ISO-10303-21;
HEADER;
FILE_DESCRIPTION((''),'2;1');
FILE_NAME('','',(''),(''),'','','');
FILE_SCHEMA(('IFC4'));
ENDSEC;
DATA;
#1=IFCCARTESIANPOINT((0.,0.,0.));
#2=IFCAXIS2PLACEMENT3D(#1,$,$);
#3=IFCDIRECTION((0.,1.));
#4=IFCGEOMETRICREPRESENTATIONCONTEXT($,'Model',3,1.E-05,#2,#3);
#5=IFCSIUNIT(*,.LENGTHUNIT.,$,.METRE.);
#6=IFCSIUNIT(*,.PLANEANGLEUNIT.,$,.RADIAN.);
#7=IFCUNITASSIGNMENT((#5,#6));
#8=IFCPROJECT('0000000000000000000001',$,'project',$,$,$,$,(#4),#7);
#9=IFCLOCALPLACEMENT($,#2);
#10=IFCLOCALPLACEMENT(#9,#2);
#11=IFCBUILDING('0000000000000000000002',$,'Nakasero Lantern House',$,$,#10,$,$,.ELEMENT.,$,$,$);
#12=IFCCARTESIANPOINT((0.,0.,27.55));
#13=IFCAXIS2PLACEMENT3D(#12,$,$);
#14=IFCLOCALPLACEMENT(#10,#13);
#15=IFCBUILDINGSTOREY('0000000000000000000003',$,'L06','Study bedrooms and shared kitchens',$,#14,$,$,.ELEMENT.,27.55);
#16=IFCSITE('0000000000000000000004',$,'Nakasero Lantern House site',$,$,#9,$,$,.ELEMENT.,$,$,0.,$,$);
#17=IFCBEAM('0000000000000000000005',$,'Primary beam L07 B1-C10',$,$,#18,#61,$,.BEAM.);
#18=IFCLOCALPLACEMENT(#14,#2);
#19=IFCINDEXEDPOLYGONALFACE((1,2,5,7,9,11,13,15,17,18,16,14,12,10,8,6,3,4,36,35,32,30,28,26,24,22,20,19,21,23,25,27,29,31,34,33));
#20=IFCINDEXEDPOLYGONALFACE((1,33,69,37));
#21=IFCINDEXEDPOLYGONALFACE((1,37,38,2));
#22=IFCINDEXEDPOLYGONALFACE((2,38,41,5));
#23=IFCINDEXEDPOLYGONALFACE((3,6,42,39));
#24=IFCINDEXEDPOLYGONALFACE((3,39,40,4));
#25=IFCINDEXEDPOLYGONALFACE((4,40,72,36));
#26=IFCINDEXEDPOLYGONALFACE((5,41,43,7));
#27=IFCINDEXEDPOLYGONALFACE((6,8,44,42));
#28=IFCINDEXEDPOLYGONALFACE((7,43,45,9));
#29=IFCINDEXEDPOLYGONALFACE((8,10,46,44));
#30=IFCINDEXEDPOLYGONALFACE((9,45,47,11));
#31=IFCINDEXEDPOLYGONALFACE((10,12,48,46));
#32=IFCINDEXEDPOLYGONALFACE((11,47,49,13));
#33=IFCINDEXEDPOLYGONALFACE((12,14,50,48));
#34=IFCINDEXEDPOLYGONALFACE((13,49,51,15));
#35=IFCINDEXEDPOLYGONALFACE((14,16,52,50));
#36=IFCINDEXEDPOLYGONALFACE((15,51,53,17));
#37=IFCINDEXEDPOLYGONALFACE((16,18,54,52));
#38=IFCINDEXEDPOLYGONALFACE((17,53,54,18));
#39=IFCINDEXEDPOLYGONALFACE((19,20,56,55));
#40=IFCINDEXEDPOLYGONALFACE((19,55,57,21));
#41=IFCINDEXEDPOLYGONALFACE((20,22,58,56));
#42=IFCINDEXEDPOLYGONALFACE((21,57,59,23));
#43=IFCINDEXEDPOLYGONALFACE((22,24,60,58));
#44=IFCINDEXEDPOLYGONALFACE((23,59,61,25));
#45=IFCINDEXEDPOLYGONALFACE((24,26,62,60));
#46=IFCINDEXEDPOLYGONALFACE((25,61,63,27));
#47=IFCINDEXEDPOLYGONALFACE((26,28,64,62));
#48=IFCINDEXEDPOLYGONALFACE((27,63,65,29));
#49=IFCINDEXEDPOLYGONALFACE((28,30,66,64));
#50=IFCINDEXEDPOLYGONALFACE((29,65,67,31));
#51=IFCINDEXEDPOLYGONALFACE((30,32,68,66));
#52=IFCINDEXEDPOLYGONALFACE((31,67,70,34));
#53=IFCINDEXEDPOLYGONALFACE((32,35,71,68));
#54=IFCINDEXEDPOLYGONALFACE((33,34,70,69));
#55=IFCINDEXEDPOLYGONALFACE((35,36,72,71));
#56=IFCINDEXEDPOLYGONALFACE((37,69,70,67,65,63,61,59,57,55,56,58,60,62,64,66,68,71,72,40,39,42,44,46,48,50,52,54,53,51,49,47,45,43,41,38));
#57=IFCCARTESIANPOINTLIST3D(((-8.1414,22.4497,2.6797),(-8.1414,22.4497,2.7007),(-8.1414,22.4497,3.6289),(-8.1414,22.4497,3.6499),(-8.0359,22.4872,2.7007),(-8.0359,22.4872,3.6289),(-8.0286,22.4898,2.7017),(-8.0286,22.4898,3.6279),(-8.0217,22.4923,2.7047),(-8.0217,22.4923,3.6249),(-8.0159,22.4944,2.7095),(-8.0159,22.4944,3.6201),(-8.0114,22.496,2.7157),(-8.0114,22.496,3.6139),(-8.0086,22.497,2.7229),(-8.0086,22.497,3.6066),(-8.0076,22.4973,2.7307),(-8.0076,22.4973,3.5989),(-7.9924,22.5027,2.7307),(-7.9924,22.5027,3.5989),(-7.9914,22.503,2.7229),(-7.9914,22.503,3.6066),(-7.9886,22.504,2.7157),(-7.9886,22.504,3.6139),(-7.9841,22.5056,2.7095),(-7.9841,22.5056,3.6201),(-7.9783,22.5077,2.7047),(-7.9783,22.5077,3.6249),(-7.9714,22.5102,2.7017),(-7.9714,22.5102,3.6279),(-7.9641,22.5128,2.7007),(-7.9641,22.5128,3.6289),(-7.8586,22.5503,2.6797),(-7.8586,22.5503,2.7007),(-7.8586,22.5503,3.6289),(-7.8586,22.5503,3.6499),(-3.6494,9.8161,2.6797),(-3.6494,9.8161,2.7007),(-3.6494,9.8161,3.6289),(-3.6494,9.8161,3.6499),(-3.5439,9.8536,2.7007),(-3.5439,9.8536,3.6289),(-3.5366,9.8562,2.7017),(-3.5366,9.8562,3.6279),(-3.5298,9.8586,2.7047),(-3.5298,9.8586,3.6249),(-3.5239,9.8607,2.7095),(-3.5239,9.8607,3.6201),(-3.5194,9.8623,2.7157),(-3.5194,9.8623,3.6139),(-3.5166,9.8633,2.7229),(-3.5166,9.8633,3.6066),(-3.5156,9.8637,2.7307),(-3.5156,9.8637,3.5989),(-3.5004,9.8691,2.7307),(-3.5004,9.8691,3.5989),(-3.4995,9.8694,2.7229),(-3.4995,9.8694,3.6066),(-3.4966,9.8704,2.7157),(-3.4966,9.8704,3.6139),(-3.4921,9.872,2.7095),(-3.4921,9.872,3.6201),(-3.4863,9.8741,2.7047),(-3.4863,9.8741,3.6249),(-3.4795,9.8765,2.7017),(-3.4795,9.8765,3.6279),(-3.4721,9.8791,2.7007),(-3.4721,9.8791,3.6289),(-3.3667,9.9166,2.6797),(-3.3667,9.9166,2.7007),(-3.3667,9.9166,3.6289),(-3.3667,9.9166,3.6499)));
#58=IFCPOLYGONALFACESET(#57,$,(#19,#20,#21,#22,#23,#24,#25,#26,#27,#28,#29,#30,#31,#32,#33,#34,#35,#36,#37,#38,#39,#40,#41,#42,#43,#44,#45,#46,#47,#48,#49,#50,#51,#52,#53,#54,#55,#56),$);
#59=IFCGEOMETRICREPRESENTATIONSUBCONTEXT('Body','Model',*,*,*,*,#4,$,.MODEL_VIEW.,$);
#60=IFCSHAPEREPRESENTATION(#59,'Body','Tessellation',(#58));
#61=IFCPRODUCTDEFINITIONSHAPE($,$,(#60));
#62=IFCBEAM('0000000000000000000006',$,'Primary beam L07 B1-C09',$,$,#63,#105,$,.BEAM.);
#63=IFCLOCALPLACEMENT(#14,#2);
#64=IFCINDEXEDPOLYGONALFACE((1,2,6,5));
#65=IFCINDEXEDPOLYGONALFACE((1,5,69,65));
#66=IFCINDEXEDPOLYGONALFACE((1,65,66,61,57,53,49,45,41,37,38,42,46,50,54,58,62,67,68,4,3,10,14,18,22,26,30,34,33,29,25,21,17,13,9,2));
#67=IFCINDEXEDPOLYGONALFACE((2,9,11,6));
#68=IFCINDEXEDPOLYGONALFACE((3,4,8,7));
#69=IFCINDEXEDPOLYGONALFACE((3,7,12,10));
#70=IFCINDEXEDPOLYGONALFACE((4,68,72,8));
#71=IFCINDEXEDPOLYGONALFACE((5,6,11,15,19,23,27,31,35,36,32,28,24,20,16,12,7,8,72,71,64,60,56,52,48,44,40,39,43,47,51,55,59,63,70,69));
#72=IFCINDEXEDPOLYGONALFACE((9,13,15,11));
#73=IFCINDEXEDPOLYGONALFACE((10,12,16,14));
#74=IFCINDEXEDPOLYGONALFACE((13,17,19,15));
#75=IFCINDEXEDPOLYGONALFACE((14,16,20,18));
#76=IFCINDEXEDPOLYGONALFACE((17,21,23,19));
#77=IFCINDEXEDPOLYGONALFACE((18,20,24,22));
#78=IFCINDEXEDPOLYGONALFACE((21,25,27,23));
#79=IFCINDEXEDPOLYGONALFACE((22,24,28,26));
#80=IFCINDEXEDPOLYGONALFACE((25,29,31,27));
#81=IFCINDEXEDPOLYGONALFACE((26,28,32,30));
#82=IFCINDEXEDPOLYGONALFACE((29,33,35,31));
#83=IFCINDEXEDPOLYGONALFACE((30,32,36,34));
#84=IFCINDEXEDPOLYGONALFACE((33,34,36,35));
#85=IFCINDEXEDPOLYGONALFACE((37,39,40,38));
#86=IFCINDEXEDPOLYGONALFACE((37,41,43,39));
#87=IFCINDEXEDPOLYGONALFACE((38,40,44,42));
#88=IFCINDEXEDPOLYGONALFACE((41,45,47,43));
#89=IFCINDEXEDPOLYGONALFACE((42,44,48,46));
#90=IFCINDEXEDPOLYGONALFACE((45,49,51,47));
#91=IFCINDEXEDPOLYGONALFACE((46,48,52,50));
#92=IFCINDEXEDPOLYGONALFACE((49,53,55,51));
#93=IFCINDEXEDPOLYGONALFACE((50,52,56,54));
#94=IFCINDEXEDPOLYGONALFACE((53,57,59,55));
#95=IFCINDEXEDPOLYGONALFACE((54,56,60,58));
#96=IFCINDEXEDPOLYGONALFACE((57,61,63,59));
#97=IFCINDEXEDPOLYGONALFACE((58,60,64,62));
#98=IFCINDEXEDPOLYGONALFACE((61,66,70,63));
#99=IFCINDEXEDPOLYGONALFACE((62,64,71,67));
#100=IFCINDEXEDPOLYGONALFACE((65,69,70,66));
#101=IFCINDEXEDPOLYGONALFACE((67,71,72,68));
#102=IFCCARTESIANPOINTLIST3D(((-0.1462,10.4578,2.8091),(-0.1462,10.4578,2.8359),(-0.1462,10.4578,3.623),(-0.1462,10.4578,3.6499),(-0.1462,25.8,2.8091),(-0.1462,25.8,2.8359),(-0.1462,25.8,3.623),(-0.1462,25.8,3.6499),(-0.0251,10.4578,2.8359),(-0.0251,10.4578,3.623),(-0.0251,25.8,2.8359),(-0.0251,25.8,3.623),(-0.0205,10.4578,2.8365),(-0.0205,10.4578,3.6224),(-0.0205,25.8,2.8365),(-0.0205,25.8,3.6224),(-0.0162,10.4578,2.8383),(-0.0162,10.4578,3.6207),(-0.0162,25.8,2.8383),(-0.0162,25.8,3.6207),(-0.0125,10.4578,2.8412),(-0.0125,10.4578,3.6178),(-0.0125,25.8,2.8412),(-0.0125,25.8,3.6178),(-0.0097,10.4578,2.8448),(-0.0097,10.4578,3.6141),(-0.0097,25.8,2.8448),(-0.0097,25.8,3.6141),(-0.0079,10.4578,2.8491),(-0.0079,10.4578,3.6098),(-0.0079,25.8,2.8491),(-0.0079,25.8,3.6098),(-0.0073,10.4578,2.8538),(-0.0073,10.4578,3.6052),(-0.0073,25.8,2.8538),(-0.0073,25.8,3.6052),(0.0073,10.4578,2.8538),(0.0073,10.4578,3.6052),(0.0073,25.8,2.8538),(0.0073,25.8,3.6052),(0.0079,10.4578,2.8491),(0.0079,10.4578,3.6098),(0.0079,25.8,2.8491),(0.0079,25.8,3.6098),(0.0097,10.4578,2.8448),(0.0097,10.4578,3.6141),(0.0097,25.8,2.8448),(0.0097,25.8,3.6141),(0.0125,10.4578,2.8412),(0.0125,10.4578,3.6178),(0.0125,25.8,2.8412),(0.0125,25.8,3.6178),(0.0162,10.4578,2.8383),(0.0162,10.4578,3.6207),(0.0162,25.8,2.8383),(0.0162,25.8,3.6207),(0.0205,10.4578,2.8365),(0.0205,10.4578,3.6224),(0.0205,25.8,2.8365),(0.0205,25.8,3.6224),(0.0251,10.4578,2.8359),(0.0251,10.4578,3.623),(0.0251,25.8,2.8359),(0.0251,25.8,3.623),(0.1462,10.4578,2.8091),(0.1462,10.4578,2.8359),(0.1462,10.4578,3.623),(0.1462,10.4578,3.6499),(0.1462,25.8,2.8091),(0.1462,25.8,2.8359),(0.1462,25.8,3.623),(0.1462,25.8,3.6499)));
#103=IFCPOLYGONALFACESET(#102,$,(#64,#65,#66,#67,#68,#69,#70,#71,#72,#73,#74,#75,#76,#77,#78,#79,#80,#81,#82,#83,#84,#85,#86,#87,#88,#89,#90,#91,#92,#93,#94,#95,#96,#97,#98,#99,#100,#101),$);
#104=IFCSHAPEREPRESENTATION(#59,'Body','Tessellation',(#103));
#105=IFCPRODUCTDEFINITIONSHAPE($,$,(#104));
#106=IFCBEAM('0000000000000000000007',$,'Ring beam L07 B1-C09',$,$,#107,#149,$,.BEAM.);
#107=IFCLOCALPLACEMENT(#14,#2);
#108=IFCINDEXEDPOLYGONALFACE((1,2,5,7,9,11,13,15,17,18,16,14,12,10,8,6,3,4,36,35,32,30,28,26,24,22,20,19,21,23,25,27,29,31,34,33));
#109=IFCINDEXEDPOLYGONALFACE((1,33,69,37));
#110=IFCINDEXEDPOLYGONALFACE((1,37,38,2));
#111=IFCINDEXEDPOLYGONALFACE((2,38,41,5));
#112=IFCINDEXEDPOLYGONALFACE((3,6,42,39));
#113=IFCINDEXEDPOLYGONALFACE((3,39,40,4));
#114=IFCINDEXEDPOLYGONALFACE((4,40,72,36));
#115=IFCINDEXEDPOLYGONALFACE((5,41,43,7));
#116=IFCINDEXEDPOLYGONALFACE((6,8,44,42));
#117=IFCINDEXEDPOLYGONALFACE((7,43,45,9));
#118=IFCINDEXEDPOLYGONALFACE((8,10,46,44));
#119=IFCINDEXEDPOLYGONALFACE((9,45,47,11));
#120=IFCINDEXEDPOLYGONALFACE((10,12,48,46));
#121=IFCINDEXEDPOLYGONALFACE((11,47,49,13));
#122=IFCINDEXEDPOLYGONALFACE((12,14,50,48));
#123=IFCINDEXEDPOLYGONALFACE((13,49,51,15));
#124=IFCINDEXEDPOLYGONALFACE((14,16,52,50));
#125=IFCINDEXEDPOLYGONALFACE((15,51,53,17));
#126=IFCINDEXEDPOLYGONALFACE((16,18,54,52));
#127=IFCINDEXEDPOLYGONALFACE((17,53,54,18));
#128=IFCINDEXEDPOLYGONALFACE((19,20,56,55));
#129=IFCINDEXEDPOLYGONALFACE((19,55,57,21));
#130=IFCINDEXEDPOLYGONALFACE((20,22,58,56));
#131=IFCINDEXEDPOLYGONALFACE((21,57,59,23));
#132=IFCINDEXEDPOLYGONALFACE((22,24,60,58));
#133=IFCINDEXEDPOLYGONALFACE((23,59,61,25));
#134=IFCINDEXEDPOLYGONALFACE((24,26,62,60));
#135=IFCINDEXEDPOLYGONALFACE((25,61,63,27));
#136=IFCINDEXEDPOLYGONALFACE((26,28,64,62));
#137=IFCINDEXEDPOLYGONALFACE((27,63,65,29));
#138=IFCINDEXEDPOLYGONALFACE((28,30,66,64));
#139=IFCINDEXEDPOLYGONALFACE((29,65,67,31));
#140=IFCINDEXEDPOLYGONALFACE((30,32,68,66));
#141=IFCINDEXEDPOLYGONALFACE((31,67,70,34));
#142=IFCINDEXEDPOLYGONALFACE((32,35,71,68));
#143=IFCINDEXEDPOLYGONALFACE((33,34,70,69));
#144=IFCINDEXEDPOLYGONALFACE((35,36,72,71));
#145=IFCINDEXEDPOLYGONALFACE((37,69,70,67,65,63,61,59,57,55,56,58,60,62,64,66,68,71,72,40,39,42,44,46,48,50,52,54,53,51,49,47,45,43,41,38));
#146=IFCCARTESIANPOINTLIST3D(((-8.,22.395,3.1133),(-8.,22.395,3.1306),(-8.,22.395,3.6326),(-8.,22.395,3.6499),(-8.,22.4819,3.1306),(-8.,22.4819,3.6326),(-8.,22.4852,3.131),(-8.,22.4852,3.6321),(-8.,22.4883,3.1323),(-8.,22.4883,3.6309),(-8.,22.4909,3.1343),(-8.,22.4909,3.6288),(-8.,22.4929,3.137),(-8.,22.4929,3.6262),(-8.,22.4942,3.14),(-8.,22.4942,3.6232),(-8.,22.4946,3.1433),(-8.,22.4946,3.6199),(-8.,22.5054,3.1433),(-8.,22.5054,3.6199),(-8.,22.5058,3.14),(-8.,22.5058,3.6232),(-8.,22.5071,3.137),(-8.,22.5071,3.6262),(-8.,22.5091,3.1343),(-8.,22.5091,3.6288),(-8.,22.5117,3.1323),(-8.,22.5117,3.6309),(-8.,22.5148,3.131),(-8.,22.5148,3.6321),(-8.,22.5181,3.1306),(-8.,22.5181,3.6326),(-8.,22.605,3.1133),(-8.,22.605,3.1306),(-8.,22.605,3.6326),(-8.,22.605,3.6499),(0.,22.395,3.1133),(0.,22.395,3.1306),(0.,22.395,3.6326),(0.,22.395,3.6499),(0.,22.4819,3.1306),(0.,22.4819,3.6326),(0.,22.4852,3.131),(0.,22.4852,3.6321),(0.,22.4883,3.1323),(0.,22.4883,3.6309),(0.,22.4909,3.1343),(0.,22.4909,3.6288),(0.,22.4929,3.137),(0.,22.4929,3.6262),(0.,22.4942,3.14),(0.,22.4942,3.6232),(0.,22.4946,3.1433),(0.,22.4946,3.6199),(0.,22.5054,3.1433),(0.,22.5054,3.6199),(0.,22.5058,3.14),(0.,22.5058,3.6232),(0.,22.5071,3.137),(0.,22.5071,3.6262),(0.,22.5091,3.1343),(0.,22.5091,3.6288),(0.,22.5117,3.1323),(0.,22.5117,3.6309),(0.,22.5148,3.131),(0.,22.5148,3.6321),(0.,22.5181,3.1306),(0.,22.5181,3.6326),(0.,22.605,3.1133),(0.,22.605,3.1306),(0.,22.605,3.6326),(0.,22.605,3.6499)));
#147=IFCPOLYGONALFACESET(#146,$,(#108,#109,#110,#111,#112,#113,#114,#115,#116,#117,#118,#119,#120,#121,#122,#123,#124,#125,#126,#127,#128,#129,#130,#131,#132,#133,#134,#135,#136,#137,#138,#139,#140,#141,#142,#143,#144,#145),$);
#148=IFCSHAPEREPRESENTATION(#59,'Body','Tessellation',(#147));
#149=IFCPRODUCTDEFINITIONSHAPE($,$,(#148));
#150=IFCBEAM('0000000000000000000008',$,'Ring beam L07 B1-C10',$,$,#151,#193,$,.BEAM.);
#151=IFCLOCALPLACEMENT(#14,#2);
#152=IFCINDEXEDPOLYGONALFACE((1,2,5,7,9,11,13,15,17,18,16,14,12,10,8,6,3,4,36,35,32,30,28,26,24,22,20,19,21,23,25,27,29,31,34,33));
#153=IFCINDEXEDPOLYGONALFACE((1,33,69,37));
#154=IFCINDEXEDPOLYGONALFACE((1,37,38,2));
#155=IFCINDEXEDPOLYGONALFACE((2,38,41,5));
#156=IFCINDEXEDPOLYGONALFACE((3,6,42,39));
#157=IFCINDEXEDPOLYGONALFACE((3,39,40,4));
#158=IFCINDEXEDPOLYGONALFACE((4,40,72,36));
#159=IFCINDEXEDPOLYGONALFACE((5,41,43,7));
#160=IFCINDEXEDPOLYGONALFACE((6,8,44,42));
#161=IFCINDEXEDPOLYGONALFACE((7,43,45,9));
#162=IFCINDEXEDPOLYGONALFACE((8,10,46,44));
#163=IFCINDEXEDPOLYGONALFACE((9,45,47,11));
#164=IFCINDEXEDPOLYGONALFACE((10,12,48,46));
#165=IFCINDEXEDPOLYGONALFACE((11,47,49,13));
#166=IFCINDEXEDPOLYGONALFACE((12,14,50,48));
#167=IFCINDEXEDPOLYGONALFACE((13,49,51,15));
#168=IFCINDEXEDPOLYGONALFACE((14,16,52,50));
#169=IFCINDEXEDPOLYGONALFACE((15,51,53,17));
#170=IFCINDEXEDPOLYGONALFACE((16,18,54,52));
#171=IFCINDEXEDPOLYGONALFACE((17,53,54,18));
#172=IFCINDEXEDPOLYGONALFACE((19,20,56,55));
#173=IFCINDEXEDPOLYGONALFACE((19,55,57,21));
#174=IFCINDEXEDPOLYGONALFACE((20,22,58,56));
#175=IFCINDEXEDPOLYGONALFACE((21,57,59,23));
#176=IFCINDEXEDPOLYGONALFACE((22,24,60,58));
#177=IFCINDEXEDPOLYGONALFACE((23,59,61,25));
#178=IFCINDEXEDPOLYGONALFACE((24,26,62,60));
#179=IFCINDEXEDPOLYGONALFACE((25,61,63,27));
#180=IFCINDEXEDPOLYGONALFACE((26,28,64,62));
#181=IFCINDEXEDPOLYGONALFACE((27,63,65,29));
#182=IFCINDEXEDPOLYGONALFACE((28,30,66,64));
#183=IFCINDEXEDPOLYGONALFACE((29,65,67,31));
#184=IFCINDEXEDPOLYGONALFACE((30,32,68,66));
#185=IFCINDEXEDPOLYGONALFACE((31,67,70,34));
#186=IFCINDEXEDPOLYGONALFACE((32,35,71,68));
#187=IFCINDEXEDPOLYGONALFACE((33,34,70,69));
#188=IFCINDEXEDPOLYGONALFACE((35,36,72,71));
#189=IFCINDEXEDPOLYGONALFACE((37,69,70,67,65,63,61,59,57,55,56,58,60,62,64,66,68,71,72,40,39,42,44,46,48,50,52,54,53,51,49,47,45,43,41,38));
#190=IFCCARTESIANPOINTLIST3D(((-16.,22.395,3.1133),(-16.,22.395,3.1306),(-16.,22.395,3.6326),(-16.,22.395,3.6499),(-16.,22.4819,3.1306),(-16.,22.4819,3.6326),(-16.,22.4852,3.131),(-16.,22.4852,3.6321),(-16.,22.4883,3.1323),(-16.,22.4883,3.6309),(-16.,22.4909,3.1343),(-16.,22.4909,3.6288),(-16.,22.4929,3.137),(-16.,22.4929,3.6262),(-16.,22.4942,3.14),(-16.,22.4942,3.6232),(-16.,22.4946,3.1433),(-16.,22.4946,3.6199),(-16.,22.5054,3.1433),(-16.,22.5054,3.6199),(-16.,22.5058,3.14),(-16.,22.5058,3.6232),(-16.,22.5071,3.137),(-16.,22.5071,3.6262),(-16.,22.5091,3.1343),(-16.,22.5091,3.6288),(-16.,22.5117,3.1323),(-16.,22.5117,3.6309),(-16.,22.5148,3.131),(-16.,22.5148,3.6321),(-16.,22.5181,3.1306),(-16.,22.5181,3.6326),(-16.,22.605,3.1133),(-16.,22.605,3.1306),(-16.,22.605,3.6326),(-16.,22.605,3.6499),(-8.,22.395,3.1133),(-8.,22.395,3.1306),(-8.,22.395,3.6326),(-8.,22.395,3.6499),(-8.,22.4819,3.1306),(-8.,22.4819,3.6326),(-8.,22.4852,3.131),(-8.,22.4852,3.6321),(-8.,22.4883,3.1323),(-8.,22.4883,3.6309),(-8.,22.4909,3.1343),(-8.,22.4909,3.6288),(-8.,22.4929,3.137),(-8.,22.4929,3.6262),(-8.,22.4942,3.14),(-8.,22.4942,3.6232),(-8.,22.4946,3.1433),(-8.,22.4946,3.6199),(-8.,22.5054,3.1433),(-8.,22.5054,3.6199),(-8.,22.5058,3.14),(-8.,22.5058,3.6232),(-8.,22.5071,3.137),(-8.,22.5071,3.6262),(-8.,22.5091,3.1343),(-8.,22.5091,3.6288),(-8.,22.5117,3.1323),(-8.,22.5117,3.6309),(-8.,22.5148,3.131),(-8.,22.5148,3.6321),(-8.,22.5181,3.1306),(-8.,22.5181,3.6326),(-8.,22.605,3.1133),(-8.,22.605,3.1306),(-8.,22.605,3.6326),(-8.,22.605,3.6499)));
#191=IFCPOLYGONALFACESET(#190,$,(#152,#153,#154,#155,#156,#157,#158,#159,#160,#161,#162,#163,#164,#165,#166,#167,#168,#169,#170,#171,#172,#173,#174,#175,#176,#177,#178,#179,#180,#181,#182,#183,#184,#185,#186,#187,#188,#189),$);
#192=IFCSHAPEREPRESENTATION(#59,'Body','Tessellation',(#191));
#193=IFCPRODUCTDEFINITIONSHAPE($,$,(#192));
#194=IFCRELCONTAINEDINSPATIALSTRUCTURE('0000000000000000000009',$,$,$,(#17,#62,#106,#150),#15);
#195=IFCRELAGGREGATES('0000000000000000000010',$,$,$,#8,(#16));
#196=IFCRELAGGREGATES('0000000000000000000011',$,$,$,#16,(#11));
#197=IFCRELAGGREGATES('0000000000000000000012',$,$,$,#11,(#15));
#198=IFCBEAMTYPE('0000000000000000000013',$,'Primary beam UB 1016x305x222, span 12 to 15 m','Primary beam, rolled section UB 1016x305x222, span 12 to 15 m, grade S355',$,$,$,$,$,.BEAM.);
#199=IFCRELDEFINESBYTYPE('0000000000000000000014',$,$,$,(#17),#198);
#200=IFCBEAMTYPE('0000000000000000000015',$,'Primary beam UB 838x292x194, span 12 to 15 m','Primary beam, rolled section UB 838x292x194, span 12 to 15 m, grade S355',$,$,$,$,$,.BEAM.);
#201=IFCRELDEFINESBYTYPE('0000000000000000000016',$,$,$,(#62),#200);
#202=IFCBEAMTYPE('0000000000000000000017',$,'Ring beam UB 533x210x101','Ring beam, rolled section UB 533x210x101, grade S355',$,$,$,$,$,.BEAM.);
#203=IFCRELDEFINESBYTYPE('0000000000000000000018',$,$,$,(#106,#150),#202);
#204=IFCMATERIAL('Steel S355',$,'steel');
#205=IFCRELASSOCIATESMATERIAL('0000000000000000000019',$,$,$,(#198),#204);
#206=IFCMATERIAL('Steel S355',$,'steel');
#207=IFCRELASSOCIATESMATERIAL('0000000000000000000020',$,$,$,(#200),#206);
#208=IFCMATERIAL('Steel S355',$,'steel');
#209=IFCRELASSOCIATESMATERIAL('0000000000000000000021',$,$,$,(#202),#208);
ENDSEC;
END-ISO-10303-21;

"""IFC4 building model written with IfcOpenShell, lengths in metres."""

from ifc_helpers import new_model, si_unit, direction, frame, origin, origin_2d, place, context, subcontext, project, spatial, i_section, extrude, material, material_profile, profile_set, type_object, element, save


model = new_model("IFC4")

# Units and contexts
model_context = context("Model", 3, precision=1e-05, world=origin(), true_north=direction((0.0, 1.0)))
body_context = subcontext(model_context, "Body", "Model", "MODEL_VIEW")
ifc_project = project(units=[si_unit("LENGTHUNIT", "METRE"), si_unit("PLANEANGLEUNIT", "RADIAN")], contexts=[model_context])

# Site, building, storey
site_placement = place(None, origin())
site = spatial("IfcSite", under=ifc_project, at=site_placement, Name="Nakasero Lantern House site", CompositionType="ELEMENT", RefElevation=0.0)
building_placement = place(site_placement, origin())
building = spatial("IfcBuilding", under=site, at=building_placement, Name="Nakasero Lantern House", CompositionType="ELEMENT")
storey_placement = place(building_placement, frame((0.0, 0.0, 27.55)))
storey = spatial("IfcBuildingStorey", under=building, at=storey_placement, Name="L06", Description="Study bedrooms and shared kitchens", CompositionType="ELEMENT", Elevation=27.55)

# Beams
ifc_material_1 = material(Name="Steel S355", Category="steel")
ifc_material_profile_1 = material_profile(ifc_material_1, i_section(OverallWidth=0.3, OverallDepth=0.9702, WebThickness=0.0161, FlangeThickness=0.021, FilletRadius=0.03, at=origin_2d()), Name="UB 1016x305x222")
ifc_profile_set_1 = profile_set([ifc_material_profile_1], Name="Steel S355")
beam_type_1 = type_object("IfcBeamType", Name="Primary beam UB 1016x305x222, span 12 to 15 m", Description="Primary beam, rolled section UB 1016x305x222, span 12 to 15 m, grade S355", PredefinedType="BEAM", material=ifc_profile_set_1)
beam_1_placement = place(storey_placement, frame((-8.0, 22.5, 3.1648), z_axis=(0.335011, -0.942214, 0.0), x_axis=(0.942214, 0.335011, 0.0)))
element("IfcBeam", 1, at=beam_1_placement, inside=storey, type_object=beam_type_1, Name="Primary beam L07 B1-C10", PredefinedType="BEAM", context=body_context, shape_type="SweptSolid", body=[
    extrude(i_section(OverallWidth=0.3, OverallDepth=0.9702, WebThickness=0.0161, FlangeThickness=0.021, FilletRadius=0.03, at=origin_2d()), origin(), (0.0, 0.0, 1.0), 13.4084),
])
ifc_material_2 = material(Name="Steel S355", Category="steel")
ifc_material_profile_2 = material_profile(ifc_material_2, i_section(OverallWidth=0.2925, OverallDepth=0.8408, WebThickness=0.0146, FlangeThickness=0.0269, FilletRadius=0.0178, at=origin_2d()), Name="UB 838x292x194")
ifc_profile_set_2 = profile_set([ifc_material_profile_2], Name="Steel S355")
beam_type_2 = type_object("IfcBeamType", Name="Primary beam UB 838x292x194, span 12 to 15 m", Description="Primary beam, rolled section UB 838x292x194, span 12 to 15 m, grade S355", PredefinedType="BEAM", material=ifc_profile_set_2)
beam_2_placement = place(storey_placement, frame((0.0, 25.8, 3.2295), z_axis=(0.0, -1.0, 0.0), x_axis=(1.0, 0.0, 0.0)))
element("IfcBeam", 2, at=beam_2_placement, inside=storey, type_object=beam_type_2, Name="Primary beam L07 B1-C09", PredefinedType="BEAM", context=body_context, shape_type="SweptSolid", body=[
    extrude(i_section(OverallWidth=0.2925, OverallDepth=0.8408, WebThickness=0.0146, FlangeThickness=0.0269, FilletRadius=0.0178, at=origin_2d()), origin(), (0.0, 0.0, 1.0), 15.3423),
])
ifc_material_3 = material(Name="Steel S355", Category="steel")
ifc_material_profile_3 = material_profile(ifc_material_3, i_section(OverallWidth=0.21, OverallDepth=0.5366, WebThickness=0.0107, FlangeThickness=0.0173, FilletRadius=0.0127, at=origin_2d()), Name="UB 533x210x101")
ifc_profile_set_3 = profile_set([ifc_material_profile_3], Name="Steel S355")
beam_type_3 = type_object("IfcBeamType", Name="Ring beam UB 533x210x101", Description="Ring beam, rolled section UB 533x210x101, grade S355", PredefinedType="BEAM", material=ifc_profile_set_3)
for number, where, z_axis, x_axis, name in (
    (3, (0.0, 22.5, 3.3816), (-1.0, 0.0, 0.0), (0.0, -1.0, 0.0), "Ring beam L07 B1-C09"),
    (4, (-8.0, 22.5, 3.3816), (-1.0, 0.0, 0.0), (0.0, -1.0, 0.0), "Ring beam L07 B1-C10"),
):
    element("IfcBeam", number, at=place(storey_placement, frame(where, z_axis=z_axis, x_axis=x_axis)), inside=storey, type_object=beam_type_3, Name=name, PredefinedType="BEAM", context=body_context, shape_type="SweptSolid", body=[
        extrude(i_section(OverallWidth=0.21, OverallDepth=0.5366, WebThickness=0.0107, FlangeThickness=0.0173, FilletRadius=0.0127, at=origin_2d()), origin(), (0.0, 0.0, 1.0), 8.0),
    ])

save(model, "model.ifc")
